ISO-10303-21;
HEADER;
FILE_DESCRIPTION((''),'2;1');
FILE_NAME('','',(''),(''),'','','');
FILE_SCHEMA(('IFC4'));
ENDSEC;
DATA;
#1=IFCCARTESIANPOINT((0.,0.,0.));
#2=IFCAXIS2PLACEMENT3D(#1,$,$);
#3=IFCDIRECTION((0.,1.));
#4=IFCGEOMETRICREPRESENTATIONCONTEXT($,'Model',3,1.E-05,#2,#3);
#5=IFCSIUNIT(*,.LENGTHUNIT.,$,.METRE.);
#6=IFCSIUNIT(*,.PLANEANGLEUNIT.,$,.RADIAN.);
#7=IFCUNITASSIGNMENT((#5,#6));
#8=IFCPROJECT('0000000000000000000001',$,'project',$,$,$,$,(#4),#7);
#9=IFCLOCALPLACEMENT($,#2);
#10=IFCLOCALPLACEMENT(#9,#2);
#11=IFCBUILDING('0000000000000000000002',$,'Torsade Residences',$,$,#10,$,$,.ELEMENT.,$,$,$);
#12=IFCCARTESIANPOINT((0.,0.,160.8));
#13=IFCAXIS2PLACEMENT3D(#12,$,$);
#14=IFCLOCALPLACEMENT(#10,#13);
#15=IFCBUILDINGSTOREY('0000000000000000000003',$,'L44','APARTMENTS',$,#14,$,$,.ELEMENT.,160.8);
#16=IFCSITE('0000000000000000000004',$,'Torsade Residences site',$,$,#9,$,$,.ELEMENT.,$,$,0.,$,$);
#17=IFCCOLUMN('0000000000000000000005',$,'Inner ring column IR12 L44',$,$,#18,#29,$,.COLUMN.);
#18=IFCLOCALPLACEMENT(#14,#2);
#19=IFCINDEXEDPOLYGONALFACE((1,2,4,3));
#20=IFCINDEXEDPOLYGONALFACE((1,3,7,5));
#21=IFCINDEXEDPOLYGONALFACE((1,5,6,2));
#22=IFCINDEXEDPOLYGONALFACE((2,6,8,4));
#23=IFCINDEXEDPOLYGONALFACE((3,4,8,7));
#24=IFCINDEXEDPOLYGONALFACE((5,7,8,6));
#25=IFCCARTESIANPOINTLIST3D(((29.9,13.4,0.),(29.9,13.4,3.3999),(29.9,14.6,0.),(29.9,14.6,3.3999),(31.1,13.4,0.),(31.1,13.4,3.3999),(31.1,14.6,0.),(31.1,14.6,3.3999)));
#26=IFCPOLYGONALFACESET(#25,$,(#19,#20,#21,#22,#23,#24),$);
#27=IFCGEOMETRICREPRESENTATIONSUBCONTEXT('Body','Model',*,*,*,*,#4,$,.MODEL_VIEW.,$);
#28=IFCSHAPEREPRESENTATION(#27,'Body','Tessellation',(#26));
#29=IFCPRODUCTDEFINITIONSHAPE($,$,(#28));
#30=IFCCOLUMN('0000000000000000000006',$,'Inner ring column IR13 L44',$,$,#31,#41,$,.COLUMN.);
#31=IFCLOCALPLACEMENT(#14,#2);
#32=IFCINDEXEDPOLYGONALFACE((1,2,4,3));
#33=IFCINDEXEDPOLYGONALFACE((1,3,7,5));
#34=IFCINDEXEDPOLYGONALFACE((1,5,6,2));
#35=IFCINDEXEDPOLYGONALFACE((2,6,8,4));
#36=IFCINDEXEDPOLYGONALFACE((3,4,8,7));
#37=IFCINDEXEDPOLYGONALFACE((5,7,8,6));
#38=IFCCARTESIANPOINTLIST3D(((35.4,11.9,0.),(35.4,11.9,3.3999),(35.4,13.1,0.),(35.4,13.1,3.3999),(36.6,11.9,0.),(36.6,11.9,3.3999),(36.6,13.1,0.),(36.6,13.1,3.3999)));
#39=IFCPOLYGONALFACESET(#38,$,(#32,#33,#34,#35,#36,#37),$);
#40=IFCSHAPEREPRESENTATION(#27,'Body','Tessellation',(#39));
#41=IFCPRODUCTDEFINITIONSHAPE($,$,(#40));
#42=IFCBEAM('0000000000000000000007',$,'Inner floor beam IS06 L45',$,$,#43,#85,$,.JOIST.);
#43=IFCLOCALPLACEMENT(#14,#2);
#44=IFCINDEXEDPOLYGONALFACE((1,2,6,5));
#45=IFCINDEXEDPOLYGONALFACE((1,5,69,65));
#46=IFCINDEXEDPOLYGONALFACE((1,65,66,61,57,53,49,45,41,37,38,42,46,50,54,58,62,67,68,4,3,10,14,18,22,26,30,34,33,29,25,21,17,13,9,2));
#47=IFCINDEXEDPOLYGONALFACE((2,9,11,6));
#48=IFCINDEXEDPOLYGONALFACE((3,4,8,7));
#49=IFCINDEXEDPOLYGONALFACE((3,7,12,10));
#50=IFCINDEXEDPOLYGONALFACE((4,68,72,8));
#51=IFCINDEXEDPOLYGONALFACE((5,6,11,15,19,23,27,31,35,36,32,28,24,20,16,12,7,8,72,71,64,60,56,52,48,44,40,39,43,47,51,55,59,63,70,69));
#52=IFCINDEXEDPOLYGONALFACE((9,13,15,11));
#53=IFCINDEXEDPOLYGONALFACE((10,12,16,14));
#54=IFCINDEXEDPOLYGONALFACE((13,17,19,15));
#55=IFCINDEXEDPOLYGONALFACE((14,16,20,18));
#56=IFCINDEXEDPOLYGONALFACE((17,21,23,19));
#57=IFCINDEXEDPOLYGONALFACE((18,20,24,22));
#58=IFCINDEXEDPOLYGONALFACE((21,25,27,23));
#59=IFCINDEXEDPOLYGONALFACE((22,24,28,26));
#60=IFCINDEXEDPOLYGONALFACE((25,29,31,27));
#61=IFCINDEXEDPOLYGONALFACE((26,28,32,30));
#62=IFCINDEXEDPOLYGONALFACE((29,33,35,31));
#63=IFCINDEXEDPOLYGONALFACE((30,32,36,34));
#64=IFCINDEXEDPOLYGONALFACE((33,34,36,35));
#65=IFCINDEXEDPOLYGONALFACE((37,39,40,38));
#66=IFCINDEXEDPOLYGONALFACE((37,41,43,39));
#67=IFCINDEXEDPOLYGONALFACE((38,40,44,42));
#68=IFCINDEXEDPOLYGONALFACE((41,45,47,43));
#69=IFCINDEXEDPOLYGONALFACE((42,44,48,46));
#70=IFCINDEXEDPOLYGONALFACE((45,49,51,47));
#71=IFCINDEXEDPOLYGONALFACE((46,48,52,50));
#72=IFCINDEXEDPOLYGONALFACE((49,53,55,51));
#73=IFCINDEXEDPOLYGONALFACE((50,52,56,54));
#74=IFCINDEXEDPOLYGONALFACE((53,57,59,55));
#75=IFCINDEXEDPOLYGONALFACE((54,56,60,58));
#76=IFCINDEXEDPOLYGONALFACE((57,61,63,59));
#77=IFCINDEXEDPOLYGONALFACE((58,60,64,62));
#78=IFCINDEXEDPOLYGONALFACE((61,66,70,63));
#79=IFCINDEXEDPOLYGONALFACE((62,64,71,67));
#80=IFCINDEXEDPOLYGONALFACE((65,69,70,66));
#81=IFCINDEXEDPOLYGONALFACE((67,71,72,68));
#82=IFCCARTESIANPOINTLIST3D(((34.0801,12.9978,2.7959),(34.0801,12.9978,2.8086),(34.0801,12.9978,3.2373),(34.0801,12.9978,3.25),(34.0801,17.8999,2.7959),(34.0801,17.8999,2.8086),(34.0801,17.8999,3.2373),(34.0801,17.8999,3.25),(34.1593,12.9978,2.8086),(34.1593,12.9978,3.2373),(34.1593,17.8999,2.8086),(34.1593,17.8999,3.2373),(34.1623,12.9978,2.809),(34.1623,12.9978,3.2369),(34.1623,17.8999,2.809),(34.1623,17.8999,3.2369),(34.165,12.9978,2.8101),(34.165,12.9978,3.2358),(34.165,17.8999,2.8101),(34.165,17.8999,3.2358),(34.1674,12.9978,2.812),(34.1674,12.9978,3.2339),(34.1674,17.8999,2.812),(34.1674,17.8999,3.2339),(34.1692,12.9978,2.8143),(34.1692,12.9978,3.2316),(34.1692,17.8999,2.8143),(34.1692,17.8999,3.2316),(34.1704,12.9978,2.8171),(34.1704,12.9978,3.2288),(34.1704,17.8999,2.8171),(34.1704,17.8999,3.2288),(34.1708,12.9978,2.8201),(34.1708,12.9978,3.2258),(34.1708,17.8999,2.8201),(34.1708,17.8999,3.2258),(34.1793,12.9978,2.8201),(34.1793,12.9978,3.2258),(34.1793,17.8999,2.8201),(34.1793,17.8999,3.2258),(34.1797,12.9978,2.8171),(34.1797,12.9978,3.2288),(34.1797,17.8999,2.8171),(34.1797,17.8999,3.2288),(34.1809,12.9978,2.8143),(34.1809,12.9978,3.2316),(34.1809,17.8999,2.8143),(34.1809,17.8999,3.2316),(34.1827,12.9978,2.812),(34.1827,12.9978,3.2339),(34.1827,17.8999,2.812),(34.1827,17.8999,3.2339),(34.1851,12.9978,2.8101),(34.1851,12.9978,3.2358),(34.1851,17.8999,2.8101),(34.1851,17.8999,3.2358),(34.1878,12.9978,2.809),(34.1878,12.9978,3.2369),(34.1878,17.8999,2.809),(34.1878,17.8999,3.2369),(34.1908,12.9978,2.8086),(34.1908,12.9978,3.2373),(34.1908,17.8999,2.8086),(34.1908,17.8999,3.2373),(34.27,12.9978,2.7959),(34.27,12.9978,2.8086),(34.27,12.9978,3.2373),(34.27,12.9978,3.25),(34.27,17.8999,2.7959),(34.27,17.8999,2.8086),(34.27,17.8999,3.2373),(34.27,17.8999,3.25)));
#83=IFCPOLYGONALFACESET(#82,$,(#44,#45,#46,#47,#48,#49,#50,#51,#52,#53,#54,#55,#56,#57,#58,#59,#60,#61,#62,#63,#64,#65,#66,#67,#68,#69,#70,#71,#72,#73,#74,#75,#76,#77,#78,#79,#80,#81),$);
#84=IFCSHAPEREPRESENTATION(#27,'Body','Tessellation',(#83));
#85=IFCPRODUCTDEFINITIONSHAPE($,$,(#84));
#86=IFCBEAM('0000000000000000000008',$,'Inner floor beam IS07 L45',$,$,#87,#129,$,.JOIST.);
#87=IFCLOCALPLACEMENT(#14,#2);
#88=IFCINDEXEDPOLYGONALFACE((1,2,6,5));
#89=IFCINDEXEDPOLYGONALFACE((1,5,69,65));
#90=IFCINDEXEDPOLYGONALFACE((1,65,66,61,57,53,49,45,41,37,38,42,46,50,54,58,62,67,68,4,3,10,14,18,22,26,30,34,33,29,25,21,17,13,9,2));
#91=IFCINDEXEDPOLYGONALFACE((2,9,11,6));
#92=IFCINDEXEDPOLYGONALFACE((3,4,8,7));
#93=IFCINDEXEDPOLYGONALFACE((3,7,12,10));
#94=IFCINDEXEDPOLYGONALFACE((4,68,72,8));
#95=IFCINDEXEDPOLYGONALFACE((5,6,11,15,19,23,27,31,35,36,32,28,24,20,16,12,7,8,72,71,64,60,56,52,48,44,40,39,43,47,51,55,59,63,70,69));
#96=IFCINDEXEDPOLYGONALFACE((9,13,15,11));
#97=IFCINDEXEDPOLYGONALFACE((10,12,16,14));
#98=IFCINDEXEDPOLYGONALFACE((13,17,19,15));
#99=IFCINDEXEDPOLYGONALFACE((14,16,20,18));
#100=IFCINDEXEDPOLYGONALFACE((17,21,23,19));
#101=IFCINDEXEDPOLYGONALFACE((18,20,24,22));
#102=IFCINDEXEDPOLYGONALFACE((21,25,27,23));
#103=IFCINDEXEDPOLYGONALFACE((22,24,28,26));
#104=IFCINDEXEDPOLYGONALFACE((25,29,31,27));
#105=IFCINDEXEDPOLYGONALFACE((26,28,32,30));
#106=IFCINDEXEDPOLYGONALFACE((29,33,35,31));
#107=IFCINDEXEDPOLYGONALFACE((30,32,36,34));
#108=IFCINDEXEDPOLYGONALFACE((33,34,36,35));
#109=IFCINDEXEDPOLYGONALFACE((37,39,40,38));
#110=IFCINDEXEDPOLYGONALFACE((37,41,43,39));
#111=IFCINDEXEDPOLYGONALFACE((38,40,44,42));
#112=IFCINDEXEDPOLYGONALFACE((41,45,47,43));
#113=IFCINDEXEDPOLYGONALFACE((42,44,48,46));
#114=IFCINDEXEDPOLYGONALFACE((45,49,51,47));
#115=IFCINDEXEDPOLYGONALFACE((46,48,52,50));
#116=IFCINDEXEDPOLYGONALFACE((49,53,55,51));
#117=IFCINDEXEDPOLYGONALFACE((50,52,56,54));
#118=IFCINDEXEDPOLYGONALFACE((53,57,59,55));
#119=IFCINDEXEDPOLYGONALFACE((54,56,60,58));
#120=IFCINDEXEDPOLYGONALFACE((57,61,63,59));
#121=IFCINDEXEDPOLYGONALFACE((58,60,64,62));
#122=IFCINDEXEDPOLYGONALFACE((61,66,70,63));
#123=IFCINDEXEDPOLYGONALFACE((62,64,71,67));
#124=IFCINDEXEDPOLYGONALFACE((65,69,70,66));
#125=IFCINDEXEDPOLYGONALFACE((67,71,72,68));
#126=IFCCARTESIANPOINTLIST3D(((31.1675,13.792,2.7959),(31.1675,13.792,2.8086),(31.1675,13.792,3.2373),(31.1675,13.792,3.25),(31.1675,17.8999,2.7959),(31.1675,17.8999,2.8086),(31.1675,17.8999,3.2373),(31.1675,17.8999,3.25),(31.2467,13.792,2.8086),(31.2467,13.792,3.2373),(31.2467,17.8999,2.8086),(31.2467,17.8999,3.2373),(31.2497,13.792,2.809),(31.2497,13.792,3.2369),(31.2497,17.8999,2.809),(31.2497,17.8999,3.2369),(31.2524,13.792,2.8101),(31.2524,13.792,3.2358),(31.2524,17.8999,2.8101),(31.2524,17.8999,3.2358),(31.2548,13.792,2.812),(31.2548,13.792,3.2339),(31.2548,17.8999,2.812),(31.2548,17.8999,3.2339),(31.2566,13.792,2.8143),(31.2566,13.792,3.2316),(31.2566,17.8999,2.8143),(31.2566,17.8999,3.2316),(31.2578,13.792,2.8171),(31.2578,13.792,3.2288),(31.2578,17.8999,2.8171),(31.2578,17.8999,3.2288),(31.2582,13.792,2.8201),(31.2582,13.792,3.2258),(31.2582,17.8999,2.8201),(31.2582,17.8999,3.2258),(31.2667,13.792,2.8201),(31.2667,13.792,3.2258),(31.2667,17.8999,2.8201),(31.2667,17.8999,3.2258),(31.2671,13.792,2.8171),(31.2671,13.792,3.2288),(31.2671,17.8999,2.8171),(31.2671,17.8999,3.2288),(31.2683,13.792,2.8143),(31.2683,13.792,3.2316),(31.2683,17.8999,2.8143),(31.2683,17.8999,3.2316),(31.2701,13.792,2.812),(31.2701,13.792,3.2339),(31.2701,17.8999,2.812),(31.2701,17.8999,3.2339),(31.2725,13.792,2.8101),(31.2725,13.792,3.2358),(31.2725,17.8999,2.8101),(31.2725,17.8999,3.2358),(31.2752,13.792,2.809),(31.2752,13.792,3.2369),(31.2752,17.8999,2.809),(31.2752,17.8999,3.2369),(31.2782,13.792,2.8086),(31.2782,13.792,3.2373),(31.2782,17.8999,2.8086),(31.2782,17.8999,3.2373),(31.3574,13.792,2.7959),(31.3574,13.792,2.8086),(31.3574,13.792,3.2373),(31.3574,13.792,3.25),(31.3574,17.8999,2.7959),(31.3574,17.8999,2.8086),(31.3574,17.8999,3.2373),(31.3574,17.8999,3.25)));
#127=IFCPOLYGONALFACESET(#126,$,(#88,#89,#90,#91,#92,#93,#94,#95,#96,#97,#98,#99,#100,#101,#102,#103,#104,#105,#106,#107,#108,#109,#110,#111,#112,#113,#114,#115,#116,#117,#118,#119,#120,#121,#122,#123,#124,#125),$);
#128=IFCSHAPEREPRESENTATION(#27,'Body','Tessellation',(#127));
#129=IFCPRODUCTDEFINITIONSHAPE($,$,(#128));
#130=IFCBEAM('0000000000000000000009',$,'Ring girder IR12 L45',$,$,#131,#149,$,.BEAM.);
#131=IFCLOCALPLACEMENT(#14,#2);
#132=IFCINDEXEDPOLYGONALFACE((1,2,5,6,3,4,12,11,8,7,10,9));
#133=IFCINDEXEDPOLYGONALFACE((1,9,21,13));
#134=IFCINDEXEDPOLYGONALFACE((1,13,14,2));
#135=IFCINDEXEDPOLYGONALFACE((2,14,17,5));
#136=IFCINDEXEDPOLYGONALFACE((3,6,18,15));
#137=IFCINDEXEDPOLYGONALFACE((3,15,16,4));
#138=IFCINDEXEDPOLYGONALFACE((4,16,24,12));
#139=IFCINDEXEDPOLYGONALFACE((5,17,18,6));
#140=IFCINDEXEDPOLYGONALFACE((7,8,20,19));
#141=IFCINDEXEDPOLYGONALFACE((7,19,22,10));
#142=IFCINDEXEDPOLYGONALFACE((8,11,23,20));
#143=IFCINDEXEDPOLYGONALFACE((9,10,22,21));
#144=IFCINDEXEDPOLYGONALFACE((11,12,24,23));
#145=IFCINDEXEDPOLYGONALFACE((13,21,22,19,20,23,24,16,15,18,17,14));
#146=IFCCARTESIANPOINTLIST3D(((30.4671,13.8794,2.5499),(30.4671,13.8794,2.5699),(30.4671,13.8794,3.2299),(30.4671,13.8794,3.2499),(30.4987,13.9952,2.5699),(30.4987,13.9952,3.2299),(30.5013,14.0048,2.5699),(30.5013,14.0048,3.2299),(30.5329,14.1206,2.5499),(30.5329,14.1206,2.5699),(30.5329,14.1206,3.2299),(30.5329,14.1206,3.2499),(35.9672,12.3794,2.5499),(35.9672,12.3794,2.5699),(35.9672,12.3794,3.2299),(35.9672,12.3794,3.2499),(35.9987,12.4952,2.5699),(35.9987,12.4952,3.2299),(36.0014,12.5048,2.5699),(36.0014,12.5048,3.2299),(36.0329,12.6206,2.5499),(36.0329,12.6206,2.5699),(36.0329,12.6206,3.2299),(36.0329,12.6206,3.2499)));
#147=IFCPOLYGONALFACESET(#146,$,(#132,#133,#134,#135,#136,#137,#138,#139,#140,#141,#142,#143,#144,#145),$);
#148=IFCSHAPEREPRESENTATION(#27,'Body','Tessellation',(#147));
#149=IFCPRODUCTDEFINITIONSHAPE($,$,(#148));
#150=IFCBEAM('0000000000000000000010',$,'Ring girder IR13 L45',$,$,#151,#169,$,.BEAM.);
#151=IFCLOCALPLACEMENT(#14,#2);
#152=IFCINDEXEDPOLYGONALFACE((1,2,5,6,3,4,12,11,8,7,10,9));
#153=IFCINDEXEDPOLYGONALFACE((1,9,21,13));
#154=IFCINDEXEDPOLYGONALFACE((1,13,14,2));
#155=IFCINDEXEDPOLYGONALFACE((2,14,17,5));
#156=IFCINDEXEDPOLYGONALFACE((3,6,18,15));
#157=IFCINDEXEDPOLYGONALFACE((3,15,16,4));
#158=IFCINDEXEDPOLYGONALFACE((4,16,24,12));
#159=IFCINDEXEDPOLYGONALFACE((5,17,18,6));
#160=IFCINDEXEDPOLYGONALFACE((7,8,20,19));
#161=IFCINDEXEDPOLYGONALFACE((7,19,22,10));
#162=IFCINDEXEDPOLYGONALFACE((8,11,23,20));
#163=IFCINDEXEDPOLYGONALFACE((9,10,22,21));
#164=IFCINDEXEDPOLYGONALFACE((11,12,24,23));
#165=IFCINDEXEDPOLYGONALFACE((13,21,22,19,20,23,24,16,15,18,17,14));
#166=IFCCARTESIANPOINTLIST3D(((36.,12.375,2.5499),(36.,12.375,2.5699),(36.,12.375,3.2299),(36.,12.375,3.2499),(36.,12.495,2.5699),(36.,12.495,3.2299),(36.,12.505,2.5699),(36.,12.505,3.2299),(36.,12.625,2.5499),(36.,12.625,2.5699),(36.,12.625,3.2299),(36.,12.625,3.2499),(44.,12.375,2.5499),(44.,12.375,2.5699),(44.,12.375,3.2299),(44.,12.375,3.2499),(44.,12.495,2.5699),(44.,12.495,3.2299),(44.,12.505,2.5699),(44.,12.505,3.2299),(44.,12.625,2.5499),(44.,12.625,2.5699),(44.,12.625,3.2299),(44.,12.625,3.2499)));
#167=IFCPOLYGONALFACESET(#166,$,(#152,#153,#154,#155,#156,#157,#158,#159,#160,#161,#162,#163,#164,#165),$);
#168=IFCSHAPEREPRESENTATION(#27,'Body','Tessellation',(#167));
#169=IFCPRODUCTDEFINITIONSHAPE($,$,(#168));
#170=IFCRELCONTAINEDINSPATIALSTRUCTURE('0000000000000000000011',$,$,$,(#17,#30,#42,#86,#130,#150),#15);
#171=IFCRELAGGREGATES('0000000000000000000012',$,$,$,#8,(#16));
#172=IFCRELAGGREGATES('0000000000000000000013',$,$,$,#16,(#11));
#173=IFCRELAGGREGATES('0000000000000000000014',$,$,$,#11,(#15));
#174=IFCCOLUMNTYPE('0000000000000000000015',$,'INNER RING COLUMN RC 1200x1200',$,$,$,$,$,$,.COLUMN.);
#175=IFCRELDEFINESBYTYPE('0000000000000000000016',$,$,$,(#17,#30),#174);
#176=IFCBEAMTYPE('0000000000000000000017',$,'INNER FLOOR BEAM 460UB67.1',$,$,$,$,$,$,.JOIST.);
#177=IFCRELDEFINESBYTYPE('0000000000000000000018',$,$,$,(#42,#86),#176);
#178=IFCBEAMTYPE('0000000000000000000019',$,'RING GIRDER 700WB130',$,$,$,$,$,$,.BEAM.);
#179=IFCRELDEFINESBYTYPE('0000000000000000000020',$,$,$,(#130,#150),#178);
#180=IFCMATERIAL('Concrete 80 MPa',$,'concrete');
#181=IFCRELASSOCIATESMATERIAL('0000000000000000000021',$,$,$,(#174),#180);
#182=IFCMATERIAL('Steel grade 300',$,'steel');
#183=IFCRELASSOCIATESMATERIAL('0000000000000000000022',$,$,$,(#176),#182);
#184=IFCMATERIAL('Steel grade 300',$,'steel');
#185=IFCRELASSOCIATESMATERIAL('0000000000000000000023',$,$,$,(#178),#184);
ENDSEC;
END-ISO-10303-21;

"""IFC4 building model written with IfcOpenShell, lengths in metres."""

from ifc_helpers import new_model, si_unit, direction, frame, origin, origin_2d, place, context, subcontext, project, spatial, rectangle, i_section, extrude, material, material_profile, profile_set, type_object, element, save


model = new_model("IFC4")

# Units and contexts
model_context = context("Model", 3, precision=1e-05, world=origin(), true_north=direction((0.0, 1.0)))
body_context = subcontext(model_context, "Body", "Model", "MODEL_VIEW")
ifc_project = project(units=[si_unit("LENGTHUNIT", "METRE"), si_unit("PLANEANGLEUNIT", "RADIAN")], contexts=[model_context])

# Site, building, storey
site_placement = place(None, origin())
site = spatial("IfcSite", under=ifc_project, at=site_placement, Name="Torsade Residences site", CompositionType="ELEMENT", RefElevation=0.0)
building_placement = place(site_placement, origin())
building = spatial("IfcBuilding", under=site, at=building_placement, Name="Torsade Residences", CompositionType="ELEMENT")
storey_placement = place(building_placement, frame((0.0, 0.0, 160.8)))
storey = spatial("IfcBuildingStorey", under=building, at=storey_placement, Name="L44", Description="APARTMENTS", CompositionType="ELEMENT", Elevation=160.8)

# Columns
ifc_material_1 = material(Name="Concrete 80 MPa", Category="concrete")
ifc_material_profile_1 = material_profile(ifc_material_1, rectangle(XDim=1.2, YDim=1.2, at=origin_2d()), Name="RC 1200x1200")
ifc_profile_set_1 = profile_set([ifc_material_profile_1], Name="Concrete 80 MPa")
column_type = type_object("IfcColumnType", Name="INNER RING COLUMN RC 1200x1200", PredefinedType="COLUMN", material=ifc_profile_set_1)
for number, where, z_axis, x_axis, name in (
    (1, (30.5, 14.0, 0.0), (0.0, 0.0, 1.0), (1.0, 0.0, 0.0), "Inner ring column IR12 L44"),
    (2, (36.0, 12.5, 0.0), (0.0, 0.0, 1.0), (1.0, 0.0, 0.0), "Inner ring column IR13 L44"),
):
    element("IfcColumn", number, at=place(storey_placement, frame(where, z_axis=z_axis, x_axis=x_axis)), inside=storey, type_object=column_type, Name=name, PredefinedType="COLUMN", context=body_context, shape_type="SweptSolid", body=[
        extrude(rectangle(XDim=1.2, YDim=1.2, at=origin_2d()), origin(), (0.0, 0.0, 1.0), 3.3999),
    ])

# Beams
ifc_material_2 = material(Name="Steel grade 300", Category="steel")
ifc_material_profile_2 = material_profile(ifc_material_2, i_section(OverallWidth=0.1899, OverallDepth=0.4541, WebThickness=0.0085, FlangeThickness=0.0127, FilletRadius=0.0115, at=origin_2d()), Name="460UB67.1")
ifc_profile_set_2 = profile_set([ifc_material_profile_2], Name="Steel grade 300")
beam_type_1 = type_object("IfcBeamType", Name="INNER FLOOR BEAM 460UB67.1", PredefinedType="JOIST", material=ifc_profile_set_2)
beam_1_placement = place(storey_placement, frame((34.175, 17.8999, 3.0229), z_axis=(0.0, -1.0, 0.0), x_axis=(1.0, 0.0, 0.0)))
element("IfcBeam", 3, at=beam_1_placement, inside=storey, type_object=beam_type_1, Name="Inner floor beam IS06 L45", PredefinedType="JOIST", context=body_context, shape_type="SweptSolid", body=[
    extrude(i_section(OverallWidth=0.1899, OverallDepth=0.4541, WebThickness=0.0085, FlangeThickness=0.0127, FilletRadius=0.0115, at=origin_2d()), origin(), (0.0, 0.0, 1.0), 4.9021),
])
beam_2_placement = place(storey_placement, frame((31.2625, 17.8999, 3.0229), z_axis=(0.0, -1.0, 0.0), x_axis=(1.0, 0.0, 0.0)))
element("IfcBeam", 4, at=beam_2_placement, inside=storey, type_object=beam_type_1, Name="Inner floor beam IS07 L45", PredefinedType="JOIST", context=body_context, shape_type="SweptSolid", body=[
    extrude(i_section(OverallWidth=0.1899, OverallDepth=0.4541, WebThickness=0.0085, FlangeThickness=0.0127, FilletRadius=0.0115, at=origin_2d()), origin(), (0.0, 0.0, 1.0), 4.1079),
])
ifc_material_3 = material(Name="Steel grade 300", Category="steel")
ifc_material_profile_3 = material_profile(ifc_material_3, i_section(OverallWidth=0.25, OverallDepth=0.7, WebThickness=0.01, FlangeThickness=0.02, at=origin_2d()), Name="700WB130")
ifc_profile_set_3 = profile_set([ifc_material_profile_3], Name="Steel grade 300")
beam_type_2 = type_object("IfcBeamType", Name="RING GIRDER 700WB130", PredefinedType="BEAM", material=ifc_profile_set_3)
beam_3_placement = place(storey_placement, frame((30.5, 14.0, 2.8999), z_axis=(0.964764, -0.263117, 0.0), x_axis=(0.263117, 0.964764, 0.0)))
element("IfcBeam", 5, at=beam_3_placement, inside=storey, type_object=beam_type_2, Name="Ring girder IR12 L45", PredefinedType="BEAM", context=body_context, shape_type="SweptSolid", body=[
    extrude(i_section(OverallWidth=0.25, OverallDepth=0.7, WebThickness=0.01, FlangeThickness=0.02, at=origin_2d()), origin(), (0.0, 0.0, 1.0), 5.7009),
])
beam_4_placement = place(storey_placement, frame((36.0, 12.5, 2.8999), z_axis=(1.0, 0.0, 0.0), x_axis=(0.0, 1.0, 0.0)))
element("IfcBeam", 6, at=beam_4_placement, inside=storey, type_object=beam_type_2, Name="Ring girder IR13 L45", PredefinedType="BEAM", context=body_context, shape_type="SweptSolid", body=[
    extrude(i_section(OverallWidth=0.25, OverallDepth=0.7, WebThickness=0.01, FlangeThickness=0.02, at=origin_2d()), origin(), (0.0, 0.0, 1.0), 8.0),
])

save(model, "model.ifc")
